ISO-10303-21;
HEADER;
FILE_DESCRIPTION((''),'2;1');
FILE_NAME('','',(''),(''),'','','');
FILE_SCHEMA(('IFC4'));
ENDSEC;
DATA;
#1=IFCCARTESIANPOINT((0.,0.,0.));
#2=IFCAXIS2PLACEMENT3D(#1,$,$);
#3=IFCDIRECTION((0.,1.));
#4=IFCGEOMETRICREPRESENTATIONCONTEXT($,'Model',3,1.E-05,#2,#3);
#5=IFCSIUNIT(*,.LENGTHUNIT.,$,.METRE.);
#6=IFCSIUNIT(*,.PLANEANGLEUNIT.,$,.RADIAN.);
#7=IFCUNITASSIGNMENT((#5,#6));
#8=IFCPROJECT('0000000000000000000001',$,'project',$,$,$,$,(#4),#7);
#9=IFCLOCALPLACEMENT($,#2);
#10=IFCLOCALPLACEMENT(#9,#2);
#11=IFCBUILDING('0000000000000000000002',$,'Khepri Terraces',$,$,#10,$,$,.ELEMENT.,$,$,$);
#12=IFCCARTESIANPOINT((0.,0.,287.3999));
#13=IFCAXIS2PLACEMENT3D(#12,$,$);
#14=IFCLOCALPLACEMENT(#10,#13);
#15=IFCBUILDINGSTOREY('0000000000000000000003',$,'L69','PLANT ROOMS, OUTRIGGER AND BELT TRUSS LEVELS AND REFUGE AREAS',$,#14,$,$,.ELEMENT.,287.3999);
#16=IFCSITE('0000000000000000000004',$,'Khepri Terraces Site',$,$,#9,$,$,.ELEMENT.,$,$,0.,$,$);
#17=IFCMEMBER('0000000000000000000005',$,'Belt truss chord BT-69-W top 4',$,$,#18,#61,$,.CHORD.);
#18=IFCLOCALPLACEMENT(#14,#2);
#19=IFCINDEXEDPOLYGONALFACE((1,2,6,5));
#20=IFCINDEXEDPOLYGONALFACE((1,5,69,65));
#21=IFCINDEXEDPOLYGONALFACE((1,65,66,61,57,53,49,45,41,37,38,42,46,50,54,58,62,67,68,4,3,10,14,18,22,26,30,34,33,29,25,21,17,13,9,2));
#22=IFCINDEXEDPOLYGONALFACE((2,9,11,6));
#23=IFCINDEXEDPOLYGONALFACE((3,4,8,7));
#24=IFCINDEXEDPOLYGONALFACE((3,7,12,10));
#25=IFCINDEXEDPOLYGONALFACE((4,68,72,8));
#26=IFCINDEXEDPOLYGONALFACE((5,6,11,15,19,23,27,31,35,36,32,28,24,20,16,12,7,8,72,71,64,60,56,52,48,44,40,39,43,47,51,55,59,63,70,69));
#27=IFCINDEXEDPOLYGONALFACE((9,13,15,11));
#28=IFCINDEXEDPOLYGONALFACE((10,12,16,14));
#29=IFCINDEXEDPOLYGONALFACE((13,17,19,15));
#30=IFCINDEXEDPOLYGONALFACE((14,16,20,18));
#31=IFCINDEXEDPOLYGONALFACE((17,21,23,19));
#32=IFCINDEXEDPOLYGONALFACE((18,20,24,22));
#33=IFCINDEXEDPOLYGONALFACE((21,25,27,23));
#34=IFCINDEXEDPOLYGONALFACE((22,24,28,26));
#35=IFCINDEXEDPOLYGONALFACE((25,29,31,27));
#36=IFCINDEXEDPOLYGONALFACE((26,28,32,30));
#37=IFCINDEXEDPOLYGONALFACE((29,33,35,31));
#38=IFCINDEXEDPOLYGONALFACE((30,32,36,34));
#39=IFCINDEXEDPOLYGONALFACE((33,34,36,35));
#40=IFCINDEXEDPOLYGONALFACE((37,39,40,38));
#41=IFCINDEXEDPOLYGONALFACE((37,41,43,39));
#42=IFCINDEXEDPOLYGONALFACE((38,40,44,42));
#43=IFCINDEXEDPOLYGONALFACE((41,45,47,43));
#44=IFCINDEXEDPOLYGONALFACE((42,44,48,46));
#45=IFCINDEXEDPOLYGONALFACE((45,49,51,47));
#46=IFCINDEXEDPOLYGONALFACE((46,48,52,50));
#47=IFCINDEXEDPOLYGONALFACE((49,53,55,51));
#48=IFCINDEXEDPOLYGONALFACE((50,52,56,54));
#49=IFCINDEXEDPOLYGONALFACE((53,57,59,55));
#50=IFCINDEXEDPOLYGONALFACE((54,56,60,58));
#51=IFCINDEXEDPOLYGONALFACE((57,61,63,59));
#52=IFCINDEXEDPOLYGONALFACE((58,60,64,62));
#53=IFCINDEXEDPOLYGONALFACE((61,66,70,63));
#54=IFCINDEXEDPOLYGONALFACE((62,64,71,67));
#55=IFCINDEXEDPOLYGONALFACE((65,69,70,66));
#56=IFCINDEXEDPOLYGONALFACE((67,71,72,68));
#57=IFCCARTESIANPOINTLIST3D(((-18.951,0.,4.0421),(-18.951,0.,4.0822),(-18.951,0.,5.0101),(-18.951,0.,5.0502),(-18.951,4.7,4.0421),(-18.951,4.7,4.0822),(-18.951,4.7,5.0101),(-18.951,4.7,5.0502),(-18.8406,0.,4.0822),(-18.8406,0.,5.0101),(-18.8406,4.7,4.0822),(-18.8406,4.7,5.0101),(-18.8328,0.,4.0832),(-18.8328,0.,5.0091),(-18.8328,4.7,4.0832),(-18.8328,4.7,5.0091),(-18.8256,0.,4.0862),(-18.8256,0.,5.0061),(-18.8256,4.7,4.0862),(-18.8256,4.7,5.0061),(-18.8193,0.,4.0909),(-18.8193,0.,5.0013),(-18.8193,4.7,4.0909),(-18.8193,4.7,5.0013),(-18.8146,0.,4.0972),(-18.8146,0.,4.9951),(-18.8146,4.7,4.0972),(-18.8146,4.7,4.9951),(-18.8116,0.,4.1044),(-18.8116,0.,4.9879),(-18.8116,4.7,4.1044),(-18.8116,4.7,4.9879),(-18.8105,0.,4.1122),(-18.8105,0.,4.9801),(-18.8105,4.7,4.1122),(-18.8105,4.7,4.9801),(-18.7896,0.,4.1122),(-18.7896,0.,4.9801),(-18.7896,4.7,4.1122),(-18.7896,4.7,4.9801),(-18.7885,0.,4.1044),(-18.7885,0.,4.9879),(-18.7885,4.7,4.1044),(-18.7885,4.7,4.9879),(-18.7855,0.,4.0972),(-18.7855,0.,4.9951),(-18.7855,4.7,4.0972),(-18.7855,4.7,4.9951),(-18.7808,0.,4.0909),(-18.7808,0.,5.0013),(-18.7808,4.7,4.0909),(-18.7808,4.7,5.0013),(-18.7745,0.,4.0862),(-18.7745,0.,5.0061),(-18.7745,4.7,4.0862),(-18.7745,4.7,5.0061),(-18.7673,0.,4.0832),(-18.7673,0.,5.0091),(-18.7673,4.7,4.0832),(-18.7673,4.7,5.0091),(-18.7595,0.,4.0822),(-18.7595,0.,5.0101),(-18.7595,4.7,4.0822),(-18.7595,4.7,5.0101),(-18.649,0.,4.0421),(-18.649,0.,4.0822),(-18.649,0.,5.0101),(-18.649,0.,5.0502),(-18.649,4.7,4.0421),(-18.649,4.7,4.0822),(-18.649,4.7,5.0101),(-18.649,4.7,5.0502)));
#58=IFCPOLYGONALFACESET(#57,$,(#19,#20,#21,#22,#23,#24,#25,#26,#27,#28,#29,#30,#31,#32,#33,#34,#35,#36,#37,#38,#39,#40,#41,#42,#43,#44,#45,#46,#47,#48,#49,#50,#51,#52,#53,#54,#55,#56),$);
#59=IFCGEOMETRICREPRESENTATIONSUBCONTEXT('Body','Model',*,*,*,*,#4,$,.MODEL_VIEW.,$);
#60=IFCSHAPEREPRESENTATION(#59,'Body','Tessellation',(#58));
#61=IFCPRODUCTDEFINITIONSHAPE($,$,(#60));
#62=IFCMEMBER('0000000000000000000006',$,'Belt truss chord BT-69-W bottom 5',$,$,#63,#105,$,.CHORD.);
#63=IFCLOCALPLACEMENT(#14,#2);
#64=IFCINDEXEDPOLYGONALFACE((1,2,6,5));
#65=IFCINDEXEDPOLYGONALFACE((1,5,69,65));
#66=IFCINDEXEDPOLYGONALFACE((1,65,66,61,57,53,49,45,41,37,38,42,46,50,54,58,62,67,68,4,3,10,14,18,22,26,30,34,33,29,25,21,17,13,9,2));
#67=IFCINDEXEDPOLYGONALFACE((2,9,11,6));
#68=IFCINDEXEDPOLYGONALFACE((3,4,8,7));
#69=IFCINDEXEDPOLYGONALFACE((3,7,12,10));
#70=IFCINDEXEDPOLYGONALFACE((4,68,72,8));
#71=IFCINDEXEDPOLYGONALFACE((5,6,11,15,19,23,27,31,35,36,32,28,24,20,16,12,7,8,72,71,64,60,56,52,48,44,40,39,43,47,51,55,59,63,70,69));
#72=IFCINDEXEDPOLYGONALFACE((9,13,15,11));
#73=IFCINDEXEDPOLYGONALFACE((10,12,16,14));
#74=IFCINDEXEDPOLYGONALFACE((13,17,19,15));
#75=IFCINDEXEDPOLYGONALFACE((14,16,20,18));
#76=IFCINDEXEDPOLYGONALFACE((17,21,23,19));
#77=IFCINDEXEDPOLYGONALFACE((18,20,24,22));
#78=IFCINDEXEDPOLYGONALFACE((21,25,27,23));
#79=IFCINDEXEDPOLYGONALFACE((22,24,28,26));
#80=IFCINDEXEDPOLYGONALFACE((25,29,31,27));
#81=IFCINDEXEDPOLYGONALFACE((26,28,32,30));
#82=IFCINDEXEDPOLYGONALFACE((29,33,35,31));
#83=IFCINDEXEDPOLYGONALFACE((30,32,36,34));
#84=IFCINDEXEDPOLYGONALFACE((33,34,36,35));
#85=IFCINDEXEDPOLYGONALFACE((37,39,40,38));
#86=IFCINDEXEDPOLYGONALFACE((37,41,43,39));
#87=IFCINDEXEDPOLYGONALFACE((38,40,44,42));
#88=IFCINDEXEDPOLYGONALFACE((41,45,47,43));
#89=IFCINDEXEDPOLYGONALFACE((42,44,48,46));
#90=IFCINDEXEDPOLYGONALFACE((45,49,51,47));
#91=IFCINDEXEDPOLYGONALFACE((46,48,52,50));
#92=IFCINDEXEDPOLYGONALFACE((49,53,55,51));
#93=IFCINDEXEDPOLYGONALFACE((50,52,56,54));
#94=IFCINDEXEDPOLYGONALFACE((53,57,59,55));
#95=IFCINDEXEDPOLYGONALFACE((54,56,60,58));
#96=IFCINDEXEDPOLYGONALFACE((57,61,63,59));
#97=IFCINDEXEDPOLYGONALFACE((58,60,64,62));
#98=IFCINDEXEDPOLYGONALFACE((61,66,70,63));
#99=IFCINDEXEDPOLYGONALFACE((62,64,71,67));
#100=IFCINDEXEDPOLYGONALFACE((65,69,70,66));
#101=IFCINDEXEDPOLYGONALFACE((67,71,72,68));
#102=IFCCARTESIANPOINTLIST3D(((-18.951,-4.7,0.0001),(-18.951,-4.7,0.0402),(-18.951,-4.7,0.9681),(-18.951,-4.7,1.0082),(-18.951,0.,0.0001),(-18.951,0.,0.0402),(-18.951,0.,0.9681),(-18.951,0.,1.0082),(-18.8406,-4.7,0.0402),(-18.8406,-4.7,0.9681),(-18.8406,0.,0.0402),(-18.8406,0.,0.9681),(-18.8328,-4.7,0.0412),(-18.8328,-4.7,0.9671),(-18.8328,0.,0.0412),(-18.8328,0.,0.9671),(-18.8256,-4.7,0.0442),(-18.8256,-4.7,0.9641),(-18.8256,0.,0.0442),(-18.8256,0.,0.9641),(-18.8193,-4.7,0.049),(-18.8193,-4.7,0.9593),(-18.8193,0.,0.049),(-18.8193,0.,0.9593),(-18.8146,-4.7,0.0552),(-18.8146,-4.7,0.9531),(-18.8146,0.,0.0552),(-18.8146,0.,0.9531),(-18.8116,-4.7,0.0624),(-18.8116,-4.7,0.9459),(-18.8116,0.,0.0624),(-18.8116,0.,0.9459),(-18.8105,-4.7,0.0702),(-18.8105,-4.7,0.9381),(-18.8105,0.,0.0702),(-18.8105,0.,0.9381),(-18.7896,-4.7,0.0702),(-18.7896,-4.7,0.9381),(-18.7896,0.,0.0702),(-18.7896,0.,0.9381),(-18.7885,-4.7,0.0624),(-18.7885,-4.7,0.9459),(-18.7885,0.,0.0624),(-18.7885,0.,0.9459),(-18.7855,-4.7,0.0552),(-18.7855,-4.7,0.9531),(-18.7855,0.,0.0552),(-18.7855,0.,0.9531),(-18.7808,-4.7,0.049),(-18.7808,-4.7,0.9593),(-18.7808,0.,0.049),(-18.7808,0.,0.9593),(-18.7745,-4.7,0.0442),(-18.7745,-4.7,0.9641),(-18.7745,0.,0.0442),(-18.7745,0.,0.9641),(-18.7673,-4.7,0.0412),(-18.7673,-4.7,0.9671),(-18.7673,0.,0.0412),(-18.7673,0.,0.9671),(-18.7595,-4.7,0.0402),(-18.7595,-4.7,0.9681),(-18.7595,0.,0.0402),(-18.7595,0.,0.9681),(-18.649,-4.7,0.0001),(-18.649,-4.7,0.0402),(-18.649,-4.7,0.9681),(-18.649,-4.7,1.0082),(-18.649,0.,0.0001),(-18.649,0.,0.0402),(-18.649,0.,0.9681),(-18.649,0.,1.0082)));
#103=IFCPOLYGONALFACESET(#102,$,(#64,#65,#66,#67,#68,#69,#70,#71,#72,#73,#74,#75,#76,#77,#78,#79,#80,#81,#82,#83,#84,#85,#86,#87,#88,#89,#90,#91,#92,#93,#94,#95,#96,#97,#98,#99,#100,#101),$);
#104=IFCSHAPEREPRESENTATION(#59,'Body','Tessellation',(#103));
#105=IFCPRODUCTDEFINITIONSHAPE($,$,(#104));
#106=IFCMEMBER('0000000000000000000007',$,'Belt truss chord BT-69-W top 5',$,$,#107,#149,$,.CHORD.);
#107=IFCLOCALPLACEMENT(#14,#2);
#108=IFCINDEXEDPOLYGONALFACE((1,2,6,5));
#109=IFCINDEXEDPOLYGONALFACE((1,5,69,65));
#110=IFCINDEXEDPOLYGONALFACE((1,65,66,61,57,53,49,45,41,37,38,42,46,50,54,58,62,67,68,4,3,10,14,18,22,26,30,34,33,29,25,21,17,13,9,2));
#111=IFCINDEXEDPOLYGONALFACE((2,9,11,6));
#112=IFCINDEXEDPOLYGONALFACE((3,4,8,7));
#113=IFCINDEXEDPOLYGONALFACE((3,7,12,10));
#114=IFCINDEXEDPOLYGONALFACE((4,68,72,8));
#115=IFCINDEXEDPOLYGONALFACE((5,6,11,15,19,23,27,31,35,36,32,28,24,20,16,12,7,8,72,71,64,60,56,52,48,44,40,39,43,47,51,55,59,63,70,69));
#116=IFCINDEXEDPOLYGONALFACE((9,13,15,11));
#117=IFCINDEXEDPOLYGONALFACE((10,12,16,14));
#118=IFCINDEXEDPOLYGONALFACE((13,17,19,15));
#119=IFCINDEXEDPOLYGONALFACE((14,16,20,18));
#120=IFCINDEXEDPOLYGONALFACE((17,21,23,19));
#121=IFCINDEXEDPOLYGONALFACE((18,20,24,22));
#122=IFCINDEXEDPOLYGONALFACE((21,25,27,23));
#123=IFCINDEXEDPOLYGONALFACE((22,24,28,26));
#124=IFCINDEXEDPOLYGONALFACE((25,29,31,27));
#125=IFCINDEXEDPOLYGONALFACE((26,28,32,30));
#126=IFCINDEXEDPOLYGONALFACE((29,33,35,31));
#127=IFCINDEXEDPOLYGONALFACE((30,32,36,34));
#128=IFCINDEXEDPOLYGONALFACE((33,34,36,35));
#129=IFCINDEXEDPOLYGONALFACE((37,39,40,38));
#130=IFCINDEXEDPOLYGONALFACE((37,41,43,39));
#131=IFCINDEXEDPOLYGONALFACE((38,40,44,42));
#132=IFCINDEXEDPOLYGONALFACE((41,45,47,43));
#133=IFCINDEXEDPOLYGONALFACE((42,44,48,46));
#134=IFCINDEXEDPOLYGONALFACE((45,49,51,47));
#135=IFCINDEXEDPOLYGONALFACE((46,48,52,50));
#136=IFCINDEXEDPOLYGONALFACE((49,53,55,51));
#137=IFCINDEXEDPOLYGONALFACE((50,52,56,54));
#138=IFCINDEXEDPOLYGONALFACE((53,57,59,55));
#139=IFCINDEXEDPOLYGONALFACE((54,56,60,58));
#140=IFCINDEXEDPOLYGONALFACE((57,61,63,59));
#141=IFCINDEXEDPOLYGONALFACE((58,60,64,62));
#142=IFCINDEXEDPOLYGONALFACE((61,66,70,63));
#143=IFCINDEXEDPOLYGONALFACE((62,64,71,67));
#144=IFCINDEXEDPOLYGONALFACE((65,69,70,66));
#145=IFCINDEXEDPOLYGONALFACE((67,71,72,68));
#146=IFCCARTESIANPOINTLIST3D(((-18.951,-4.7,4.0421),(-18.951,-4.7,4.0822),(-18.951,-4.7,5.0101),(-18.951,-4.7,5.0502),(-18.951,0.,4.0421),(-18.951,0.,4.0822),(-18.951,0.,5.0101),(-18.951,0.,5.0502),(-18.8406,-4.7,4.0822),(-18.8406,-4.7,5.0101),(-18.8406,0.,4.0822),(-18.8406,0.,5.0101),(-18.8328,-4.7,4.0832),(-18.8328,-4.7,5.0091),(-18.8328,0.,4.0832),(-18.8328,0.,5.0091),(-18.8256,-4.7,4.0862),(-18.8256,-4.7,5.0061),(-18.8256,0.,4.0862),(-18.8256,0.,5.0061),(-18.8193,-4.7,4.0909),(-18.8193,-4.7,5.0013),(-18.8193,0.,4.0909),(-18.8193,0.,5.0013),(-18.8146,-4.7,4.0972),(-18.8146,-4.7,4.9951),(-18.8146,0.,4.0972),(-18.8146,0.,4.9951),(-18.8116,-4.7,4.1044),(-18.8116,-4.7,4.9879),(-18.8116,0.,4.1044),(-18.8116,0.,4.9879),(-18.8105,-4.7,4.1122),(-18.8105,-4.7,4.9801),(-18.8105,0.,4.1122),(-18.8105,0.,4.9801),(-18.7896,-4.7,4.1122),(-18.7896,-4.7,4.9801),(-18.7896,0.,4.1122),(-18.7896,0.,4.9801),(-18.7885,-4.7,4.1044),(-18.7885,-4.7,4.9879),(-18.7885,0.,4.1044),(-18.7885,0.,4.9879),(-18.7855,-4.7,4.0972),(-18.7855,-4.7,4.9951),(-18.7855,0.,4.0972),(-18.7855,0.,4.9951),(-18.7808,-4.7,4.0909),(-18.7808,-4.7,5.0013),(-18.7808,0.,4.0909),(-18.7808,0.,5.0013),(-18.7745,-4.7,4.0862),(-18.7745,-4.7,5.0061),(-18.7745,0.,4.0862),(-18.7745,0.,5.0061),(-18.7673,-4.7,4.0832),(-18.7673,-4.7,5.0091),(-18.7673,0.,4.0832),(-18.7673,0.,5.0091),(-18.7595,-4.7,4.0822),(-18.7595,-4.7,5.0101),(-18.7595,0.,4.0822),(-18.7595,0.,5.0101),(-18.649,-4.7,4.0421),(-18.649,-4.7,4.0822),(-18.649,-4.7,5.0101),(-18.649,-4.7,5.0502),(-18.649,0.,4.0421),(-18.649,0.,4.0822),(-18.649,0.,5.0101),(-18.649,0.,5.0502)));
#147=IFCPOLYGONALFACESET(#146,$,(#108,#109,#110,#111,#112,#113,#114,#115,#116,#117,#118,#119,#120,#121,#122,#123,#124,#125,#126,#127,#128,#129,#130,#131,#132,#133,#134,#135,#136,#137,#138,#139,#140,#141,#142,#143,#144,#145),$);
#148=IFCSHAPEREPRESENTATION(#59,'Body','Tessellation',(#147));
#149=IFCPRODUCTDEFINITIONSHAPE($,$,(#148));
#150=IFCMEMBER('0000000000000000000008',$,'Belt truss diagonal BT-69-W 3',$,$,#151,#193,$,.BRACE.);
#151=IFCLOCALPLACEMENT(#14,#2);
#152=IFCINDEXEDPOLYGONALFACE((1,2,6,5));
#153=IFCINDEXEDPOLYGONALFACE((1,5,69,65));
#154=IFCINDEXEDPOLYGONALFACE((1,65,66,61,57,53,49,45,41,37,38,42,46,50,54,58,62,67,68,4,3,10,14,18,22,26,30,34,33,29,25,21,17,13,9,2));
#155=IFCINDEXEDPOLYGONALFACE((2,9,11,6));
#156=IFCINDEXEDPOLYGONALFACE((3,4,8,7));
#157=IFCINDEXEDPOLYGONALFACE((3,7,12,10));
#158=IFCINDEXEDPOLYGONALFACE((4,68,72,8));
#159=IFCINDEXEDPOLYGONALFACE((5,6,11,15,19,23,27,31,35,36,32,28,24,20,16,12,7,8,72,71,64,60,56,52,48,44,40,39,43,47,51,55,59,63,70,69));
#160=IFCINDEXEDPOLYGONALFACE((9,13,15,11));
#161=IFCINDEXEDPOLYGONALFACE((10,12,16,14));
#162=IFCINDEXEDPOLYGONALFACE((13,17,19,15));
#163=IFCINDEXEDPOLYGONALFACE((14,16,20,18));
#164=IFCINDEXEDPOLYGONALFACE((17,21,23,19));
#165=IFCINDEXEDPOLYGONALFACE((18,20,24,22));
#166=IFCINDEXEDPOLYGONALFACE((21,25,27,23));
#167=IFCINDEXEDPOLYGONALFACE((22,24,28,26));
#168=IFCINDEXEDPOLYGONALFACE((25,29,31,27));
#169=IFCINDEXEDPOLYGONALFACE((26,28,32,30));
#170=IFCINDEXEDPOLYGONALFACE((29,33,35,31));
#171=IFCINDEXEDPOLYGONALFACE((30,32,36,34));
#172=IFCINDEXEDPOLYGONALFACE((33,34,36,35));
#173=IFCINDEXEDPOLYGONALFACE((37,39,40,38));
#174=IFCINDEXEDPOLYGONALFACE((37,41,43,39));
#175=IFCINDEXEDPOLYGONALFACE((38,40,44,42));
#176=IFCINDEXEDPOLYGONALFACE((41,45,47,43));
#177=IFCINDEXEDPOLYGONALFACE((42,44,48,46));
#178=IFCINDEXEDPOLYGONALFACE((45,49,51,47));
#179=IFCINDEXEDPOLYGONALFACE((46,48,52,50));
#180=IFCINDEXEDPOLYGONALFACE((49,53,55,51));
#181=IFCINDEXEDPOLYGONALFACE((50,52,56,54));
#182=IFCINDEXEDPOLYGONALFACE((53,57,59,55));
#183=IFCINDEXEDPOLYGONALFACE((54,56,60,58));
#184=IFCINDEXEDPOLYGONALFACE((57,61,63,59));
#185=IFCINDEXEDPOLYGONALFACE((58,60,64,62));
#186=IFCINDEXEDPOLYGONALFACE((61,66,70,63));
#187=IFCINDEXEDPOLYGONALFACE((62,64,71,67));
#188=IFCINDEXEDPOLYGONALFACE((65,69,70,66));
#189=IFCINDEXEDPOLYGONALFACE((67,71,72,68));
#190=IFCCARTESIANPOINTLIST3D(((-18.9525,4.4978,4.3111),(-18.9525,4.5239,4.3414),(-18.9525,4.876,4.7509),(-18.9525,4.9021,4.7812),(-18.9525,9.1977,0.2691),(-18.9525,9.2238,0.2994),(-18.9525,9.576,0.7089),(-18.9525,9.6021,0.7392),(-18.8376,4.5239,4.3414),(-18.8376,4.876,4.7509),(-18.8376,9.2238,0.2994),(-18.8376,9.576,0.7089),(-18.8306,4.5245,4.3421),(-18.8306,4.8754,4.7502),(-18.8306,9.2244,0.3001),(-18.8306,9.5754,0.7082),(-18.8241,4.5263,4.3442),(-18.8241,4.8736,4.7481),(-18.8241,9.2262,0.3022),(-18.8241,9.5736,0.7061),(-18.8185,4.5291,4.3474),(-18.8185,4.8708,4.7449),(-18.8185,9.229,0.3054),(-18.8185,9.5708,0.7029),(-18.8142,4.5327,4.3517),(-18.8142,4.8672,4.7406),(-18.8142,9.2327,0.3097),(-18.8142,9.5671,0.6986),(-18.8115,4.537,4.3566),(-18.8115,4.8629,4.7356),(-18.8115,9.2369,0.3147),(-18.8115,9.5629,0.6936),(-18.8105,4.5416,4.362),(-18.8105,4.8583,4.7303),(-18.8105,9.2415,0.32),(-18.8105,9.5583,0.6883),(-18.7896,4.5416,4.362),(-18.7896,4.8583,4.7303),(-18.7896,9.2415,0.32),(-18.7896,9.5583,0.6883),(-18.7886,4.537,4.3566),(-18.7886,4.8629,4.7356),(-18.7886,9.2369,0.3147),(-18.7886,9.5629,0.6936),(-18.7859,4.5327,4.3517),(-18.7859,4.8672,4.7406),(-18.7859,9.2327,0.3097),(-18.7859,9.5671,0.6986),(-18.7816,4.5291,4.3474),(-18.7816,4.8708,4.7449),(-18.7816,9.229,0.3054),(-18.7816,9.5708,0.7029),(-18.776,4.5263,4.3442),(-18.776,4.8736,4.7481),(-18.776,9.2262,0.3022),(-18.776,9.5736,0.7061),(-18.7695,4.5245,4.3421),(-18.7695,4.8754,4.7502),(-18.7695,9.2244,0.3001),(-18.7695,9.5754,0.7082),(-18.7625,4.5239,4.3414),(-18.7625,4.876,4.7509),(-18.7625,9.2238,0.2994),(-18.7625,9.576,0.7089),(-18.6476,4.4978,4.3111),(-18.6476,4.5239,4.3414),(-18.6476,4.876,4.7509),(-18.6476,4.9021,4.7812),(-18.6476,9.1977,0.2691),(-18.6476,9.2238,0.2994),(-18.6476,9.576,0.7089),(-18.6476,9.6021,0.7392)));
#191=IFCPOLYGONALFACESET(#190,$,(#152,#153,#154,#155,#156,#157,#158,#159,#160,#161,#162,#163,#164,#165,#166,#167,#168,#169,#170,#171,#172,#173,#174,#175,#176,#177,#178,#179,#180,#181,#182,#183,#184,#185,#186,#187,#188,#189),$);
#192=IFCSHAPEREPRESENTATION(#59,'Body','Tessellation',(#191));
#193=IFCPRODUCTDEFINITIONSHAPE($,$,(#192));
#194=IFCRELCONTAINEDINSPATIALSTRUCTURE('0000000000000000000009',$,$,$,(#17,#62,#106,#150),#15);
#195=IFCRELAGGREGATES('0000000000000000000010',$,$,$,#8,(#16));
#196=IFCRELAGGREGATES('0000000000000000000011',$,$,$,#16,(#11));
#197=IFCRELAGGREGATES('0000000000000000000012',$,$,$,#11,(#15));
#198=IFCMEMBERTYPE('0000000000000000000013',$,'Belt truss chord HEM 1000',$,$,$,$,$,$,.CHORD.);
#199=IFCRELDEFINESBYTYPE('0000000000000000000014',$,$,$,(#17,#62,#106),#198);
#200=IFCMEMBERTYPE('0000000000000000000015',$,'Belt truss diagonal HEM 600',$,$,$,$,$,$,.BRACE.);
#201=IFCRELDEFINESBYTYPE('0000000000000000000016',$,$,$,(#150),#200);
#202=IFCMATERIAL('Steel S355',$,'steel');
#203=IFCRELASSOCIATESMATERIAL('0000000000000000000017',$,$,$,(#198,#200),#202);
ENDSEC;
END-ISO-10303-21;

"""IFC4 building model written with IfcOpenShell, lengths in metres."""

from ifc_helpers import new_model, si_unit, direction, frame, origin, origin_2d, place, context, subcontext, project, spatial, i_section, extrude, material, material_profile, profile_set, type_object, element, save


model = new_model("IFC4")

# Units and contexts
model_context = context("Model", 3, precision=1e-05, world=origin(), true_north=direction((0.0, 1.0)))
body_context = subcontext(model_context, "Body", "Model", "MODEL_VIEW")
ifc_project = project(units=[si_unit("LENGTHUNIT", "METRE"), si_unit("PLANEANGLEUNIT", "RADIAN")], contexts=[model_context])

# Site, building, storey
site_placement = place(None, origin())
site = spatial("IfcSite", under=ifc_project, at=site_placement, Name="Khepri Terraces Site", CompositionType="ELEMENT", RefElevation=0.0)
building_placement = place(site_placement, origin())
building = spatial("IfcBuilding", under=site, at=building_placement, Name="Khepri Terraces", CompositionType="ELEMENT")
storey_placement = place(building_placement, frame((0.0, 0.0, 287.3999)))
storey = spatial("IfcBuildingStorey", under=building, at=storey_placement, Name="L69", Description="PLANT ROOMS, OUTRIGGER AND BELT TRUSS LEVELS AND REFUGE AREAS", CompositionType="ELEMENT", Elevation=287.3999)

# Members
ifc_material_1 = material(Name="Steel S355", Category="steel")
ifc_material_profile_1 = material_profile(ifc_material_1, i_section(OverallWidth=0.302, OverallDepth=1.0081, WebThickness=0.021, FlangeThickness=0.04, FilletRadius=0.03, at=origin_2d()), Name="Steel S355", Category="steel")
ifc_profile_set_1 = profile_set([ifc_material_profile_1], Name="Steel S355")
member_type_1 = type_object("IfcMemberType", Name="Belt truss chord HEM 1000", PredefinedType="CHORD", material=ifc_profile_set_1)
for number, where, z_axis, x_axis, name in (
    (1, (-18.8, 4.7, 4.5461), (0.0, -1.0, 0.0), (1.0, 0.0, 0.0), "Belt truss chord BT-69-W top 4"),
    (2, (-18.8, 0.0, 0.5042), (0.0, -1.0, 0.0), (1.0, 0.0, 0.0), "Belt truss chord BT-69-W bottom 5"),
    (3, (-18.8, 0.0, 4.5461), (0.0, -1.0, 0.0), (1.0, 0.0, 0.0), "Belt truss chord BT-69-W top 5"),
):
    element("IfcMember", number, at=place(storey_placement, frame(where, z_axis=z_axis, x_axis=x_axis)), inside=storey, type_object=member_type_1, Name=name, PredefinedType="CHORD", context=body_context, shape_type="SweptSolid", body=[
        extrude(i_section(OverallWidth=0.302, OverallDepth=1.0081, WebThickness=0.021, FlangeThickness=0.04, FilletRadius=0.03, at=origin_2d()), origin(), (0.0, 0.0, 1.0), 4.7),
    ])
ifc_material_profile_2 = material_profile(ifc_material_1, i_section(OverallWidth=0.3049, OverallDepth=0.6201, WebThickness=0.021, FlangeThickness=0.04, FilletRadius=0.0271, at=origin_2d()), Name="Steel S355", Category="steel")
ifc_profile_set_2 = profile_set([ifc_material_profile_2], Name="Steel S355")
member_type_2 = type_object("IfcMemberType", Name="Belt truss diagonal HEM 600", PredefinedType="BRACE", material=ifc_profile_set_2)
for number, where, z_axis, x_axis, name in (
    (4, (-18.8, 9.3999, 0.5042), (0.0, -0.758182, 0.652042), (1.0, 0.0, 0.0), "Belt truss diagonal BT-69-W 3"),
):
    element("IfcMember", number, at=place(storey_placement, frame(where, z_axis=z_axis, x_axis=x_axis)), inside=storey, type_object=member_type_2, Name=name, PredefinedType="BRACE", context=body_context, shape_type="SweptSolid", body=[
        extrude(i_section(OverallWidth=0.3049, OverallDepth=0.6201, WebThickness=0.021, FlangeThickness=0.04, FilletRadius=0.0271, at=origin_2d()), origin(), (0.0, 0.0, 1.0), 6.199),
    ])

save(model, "model.ifc")
